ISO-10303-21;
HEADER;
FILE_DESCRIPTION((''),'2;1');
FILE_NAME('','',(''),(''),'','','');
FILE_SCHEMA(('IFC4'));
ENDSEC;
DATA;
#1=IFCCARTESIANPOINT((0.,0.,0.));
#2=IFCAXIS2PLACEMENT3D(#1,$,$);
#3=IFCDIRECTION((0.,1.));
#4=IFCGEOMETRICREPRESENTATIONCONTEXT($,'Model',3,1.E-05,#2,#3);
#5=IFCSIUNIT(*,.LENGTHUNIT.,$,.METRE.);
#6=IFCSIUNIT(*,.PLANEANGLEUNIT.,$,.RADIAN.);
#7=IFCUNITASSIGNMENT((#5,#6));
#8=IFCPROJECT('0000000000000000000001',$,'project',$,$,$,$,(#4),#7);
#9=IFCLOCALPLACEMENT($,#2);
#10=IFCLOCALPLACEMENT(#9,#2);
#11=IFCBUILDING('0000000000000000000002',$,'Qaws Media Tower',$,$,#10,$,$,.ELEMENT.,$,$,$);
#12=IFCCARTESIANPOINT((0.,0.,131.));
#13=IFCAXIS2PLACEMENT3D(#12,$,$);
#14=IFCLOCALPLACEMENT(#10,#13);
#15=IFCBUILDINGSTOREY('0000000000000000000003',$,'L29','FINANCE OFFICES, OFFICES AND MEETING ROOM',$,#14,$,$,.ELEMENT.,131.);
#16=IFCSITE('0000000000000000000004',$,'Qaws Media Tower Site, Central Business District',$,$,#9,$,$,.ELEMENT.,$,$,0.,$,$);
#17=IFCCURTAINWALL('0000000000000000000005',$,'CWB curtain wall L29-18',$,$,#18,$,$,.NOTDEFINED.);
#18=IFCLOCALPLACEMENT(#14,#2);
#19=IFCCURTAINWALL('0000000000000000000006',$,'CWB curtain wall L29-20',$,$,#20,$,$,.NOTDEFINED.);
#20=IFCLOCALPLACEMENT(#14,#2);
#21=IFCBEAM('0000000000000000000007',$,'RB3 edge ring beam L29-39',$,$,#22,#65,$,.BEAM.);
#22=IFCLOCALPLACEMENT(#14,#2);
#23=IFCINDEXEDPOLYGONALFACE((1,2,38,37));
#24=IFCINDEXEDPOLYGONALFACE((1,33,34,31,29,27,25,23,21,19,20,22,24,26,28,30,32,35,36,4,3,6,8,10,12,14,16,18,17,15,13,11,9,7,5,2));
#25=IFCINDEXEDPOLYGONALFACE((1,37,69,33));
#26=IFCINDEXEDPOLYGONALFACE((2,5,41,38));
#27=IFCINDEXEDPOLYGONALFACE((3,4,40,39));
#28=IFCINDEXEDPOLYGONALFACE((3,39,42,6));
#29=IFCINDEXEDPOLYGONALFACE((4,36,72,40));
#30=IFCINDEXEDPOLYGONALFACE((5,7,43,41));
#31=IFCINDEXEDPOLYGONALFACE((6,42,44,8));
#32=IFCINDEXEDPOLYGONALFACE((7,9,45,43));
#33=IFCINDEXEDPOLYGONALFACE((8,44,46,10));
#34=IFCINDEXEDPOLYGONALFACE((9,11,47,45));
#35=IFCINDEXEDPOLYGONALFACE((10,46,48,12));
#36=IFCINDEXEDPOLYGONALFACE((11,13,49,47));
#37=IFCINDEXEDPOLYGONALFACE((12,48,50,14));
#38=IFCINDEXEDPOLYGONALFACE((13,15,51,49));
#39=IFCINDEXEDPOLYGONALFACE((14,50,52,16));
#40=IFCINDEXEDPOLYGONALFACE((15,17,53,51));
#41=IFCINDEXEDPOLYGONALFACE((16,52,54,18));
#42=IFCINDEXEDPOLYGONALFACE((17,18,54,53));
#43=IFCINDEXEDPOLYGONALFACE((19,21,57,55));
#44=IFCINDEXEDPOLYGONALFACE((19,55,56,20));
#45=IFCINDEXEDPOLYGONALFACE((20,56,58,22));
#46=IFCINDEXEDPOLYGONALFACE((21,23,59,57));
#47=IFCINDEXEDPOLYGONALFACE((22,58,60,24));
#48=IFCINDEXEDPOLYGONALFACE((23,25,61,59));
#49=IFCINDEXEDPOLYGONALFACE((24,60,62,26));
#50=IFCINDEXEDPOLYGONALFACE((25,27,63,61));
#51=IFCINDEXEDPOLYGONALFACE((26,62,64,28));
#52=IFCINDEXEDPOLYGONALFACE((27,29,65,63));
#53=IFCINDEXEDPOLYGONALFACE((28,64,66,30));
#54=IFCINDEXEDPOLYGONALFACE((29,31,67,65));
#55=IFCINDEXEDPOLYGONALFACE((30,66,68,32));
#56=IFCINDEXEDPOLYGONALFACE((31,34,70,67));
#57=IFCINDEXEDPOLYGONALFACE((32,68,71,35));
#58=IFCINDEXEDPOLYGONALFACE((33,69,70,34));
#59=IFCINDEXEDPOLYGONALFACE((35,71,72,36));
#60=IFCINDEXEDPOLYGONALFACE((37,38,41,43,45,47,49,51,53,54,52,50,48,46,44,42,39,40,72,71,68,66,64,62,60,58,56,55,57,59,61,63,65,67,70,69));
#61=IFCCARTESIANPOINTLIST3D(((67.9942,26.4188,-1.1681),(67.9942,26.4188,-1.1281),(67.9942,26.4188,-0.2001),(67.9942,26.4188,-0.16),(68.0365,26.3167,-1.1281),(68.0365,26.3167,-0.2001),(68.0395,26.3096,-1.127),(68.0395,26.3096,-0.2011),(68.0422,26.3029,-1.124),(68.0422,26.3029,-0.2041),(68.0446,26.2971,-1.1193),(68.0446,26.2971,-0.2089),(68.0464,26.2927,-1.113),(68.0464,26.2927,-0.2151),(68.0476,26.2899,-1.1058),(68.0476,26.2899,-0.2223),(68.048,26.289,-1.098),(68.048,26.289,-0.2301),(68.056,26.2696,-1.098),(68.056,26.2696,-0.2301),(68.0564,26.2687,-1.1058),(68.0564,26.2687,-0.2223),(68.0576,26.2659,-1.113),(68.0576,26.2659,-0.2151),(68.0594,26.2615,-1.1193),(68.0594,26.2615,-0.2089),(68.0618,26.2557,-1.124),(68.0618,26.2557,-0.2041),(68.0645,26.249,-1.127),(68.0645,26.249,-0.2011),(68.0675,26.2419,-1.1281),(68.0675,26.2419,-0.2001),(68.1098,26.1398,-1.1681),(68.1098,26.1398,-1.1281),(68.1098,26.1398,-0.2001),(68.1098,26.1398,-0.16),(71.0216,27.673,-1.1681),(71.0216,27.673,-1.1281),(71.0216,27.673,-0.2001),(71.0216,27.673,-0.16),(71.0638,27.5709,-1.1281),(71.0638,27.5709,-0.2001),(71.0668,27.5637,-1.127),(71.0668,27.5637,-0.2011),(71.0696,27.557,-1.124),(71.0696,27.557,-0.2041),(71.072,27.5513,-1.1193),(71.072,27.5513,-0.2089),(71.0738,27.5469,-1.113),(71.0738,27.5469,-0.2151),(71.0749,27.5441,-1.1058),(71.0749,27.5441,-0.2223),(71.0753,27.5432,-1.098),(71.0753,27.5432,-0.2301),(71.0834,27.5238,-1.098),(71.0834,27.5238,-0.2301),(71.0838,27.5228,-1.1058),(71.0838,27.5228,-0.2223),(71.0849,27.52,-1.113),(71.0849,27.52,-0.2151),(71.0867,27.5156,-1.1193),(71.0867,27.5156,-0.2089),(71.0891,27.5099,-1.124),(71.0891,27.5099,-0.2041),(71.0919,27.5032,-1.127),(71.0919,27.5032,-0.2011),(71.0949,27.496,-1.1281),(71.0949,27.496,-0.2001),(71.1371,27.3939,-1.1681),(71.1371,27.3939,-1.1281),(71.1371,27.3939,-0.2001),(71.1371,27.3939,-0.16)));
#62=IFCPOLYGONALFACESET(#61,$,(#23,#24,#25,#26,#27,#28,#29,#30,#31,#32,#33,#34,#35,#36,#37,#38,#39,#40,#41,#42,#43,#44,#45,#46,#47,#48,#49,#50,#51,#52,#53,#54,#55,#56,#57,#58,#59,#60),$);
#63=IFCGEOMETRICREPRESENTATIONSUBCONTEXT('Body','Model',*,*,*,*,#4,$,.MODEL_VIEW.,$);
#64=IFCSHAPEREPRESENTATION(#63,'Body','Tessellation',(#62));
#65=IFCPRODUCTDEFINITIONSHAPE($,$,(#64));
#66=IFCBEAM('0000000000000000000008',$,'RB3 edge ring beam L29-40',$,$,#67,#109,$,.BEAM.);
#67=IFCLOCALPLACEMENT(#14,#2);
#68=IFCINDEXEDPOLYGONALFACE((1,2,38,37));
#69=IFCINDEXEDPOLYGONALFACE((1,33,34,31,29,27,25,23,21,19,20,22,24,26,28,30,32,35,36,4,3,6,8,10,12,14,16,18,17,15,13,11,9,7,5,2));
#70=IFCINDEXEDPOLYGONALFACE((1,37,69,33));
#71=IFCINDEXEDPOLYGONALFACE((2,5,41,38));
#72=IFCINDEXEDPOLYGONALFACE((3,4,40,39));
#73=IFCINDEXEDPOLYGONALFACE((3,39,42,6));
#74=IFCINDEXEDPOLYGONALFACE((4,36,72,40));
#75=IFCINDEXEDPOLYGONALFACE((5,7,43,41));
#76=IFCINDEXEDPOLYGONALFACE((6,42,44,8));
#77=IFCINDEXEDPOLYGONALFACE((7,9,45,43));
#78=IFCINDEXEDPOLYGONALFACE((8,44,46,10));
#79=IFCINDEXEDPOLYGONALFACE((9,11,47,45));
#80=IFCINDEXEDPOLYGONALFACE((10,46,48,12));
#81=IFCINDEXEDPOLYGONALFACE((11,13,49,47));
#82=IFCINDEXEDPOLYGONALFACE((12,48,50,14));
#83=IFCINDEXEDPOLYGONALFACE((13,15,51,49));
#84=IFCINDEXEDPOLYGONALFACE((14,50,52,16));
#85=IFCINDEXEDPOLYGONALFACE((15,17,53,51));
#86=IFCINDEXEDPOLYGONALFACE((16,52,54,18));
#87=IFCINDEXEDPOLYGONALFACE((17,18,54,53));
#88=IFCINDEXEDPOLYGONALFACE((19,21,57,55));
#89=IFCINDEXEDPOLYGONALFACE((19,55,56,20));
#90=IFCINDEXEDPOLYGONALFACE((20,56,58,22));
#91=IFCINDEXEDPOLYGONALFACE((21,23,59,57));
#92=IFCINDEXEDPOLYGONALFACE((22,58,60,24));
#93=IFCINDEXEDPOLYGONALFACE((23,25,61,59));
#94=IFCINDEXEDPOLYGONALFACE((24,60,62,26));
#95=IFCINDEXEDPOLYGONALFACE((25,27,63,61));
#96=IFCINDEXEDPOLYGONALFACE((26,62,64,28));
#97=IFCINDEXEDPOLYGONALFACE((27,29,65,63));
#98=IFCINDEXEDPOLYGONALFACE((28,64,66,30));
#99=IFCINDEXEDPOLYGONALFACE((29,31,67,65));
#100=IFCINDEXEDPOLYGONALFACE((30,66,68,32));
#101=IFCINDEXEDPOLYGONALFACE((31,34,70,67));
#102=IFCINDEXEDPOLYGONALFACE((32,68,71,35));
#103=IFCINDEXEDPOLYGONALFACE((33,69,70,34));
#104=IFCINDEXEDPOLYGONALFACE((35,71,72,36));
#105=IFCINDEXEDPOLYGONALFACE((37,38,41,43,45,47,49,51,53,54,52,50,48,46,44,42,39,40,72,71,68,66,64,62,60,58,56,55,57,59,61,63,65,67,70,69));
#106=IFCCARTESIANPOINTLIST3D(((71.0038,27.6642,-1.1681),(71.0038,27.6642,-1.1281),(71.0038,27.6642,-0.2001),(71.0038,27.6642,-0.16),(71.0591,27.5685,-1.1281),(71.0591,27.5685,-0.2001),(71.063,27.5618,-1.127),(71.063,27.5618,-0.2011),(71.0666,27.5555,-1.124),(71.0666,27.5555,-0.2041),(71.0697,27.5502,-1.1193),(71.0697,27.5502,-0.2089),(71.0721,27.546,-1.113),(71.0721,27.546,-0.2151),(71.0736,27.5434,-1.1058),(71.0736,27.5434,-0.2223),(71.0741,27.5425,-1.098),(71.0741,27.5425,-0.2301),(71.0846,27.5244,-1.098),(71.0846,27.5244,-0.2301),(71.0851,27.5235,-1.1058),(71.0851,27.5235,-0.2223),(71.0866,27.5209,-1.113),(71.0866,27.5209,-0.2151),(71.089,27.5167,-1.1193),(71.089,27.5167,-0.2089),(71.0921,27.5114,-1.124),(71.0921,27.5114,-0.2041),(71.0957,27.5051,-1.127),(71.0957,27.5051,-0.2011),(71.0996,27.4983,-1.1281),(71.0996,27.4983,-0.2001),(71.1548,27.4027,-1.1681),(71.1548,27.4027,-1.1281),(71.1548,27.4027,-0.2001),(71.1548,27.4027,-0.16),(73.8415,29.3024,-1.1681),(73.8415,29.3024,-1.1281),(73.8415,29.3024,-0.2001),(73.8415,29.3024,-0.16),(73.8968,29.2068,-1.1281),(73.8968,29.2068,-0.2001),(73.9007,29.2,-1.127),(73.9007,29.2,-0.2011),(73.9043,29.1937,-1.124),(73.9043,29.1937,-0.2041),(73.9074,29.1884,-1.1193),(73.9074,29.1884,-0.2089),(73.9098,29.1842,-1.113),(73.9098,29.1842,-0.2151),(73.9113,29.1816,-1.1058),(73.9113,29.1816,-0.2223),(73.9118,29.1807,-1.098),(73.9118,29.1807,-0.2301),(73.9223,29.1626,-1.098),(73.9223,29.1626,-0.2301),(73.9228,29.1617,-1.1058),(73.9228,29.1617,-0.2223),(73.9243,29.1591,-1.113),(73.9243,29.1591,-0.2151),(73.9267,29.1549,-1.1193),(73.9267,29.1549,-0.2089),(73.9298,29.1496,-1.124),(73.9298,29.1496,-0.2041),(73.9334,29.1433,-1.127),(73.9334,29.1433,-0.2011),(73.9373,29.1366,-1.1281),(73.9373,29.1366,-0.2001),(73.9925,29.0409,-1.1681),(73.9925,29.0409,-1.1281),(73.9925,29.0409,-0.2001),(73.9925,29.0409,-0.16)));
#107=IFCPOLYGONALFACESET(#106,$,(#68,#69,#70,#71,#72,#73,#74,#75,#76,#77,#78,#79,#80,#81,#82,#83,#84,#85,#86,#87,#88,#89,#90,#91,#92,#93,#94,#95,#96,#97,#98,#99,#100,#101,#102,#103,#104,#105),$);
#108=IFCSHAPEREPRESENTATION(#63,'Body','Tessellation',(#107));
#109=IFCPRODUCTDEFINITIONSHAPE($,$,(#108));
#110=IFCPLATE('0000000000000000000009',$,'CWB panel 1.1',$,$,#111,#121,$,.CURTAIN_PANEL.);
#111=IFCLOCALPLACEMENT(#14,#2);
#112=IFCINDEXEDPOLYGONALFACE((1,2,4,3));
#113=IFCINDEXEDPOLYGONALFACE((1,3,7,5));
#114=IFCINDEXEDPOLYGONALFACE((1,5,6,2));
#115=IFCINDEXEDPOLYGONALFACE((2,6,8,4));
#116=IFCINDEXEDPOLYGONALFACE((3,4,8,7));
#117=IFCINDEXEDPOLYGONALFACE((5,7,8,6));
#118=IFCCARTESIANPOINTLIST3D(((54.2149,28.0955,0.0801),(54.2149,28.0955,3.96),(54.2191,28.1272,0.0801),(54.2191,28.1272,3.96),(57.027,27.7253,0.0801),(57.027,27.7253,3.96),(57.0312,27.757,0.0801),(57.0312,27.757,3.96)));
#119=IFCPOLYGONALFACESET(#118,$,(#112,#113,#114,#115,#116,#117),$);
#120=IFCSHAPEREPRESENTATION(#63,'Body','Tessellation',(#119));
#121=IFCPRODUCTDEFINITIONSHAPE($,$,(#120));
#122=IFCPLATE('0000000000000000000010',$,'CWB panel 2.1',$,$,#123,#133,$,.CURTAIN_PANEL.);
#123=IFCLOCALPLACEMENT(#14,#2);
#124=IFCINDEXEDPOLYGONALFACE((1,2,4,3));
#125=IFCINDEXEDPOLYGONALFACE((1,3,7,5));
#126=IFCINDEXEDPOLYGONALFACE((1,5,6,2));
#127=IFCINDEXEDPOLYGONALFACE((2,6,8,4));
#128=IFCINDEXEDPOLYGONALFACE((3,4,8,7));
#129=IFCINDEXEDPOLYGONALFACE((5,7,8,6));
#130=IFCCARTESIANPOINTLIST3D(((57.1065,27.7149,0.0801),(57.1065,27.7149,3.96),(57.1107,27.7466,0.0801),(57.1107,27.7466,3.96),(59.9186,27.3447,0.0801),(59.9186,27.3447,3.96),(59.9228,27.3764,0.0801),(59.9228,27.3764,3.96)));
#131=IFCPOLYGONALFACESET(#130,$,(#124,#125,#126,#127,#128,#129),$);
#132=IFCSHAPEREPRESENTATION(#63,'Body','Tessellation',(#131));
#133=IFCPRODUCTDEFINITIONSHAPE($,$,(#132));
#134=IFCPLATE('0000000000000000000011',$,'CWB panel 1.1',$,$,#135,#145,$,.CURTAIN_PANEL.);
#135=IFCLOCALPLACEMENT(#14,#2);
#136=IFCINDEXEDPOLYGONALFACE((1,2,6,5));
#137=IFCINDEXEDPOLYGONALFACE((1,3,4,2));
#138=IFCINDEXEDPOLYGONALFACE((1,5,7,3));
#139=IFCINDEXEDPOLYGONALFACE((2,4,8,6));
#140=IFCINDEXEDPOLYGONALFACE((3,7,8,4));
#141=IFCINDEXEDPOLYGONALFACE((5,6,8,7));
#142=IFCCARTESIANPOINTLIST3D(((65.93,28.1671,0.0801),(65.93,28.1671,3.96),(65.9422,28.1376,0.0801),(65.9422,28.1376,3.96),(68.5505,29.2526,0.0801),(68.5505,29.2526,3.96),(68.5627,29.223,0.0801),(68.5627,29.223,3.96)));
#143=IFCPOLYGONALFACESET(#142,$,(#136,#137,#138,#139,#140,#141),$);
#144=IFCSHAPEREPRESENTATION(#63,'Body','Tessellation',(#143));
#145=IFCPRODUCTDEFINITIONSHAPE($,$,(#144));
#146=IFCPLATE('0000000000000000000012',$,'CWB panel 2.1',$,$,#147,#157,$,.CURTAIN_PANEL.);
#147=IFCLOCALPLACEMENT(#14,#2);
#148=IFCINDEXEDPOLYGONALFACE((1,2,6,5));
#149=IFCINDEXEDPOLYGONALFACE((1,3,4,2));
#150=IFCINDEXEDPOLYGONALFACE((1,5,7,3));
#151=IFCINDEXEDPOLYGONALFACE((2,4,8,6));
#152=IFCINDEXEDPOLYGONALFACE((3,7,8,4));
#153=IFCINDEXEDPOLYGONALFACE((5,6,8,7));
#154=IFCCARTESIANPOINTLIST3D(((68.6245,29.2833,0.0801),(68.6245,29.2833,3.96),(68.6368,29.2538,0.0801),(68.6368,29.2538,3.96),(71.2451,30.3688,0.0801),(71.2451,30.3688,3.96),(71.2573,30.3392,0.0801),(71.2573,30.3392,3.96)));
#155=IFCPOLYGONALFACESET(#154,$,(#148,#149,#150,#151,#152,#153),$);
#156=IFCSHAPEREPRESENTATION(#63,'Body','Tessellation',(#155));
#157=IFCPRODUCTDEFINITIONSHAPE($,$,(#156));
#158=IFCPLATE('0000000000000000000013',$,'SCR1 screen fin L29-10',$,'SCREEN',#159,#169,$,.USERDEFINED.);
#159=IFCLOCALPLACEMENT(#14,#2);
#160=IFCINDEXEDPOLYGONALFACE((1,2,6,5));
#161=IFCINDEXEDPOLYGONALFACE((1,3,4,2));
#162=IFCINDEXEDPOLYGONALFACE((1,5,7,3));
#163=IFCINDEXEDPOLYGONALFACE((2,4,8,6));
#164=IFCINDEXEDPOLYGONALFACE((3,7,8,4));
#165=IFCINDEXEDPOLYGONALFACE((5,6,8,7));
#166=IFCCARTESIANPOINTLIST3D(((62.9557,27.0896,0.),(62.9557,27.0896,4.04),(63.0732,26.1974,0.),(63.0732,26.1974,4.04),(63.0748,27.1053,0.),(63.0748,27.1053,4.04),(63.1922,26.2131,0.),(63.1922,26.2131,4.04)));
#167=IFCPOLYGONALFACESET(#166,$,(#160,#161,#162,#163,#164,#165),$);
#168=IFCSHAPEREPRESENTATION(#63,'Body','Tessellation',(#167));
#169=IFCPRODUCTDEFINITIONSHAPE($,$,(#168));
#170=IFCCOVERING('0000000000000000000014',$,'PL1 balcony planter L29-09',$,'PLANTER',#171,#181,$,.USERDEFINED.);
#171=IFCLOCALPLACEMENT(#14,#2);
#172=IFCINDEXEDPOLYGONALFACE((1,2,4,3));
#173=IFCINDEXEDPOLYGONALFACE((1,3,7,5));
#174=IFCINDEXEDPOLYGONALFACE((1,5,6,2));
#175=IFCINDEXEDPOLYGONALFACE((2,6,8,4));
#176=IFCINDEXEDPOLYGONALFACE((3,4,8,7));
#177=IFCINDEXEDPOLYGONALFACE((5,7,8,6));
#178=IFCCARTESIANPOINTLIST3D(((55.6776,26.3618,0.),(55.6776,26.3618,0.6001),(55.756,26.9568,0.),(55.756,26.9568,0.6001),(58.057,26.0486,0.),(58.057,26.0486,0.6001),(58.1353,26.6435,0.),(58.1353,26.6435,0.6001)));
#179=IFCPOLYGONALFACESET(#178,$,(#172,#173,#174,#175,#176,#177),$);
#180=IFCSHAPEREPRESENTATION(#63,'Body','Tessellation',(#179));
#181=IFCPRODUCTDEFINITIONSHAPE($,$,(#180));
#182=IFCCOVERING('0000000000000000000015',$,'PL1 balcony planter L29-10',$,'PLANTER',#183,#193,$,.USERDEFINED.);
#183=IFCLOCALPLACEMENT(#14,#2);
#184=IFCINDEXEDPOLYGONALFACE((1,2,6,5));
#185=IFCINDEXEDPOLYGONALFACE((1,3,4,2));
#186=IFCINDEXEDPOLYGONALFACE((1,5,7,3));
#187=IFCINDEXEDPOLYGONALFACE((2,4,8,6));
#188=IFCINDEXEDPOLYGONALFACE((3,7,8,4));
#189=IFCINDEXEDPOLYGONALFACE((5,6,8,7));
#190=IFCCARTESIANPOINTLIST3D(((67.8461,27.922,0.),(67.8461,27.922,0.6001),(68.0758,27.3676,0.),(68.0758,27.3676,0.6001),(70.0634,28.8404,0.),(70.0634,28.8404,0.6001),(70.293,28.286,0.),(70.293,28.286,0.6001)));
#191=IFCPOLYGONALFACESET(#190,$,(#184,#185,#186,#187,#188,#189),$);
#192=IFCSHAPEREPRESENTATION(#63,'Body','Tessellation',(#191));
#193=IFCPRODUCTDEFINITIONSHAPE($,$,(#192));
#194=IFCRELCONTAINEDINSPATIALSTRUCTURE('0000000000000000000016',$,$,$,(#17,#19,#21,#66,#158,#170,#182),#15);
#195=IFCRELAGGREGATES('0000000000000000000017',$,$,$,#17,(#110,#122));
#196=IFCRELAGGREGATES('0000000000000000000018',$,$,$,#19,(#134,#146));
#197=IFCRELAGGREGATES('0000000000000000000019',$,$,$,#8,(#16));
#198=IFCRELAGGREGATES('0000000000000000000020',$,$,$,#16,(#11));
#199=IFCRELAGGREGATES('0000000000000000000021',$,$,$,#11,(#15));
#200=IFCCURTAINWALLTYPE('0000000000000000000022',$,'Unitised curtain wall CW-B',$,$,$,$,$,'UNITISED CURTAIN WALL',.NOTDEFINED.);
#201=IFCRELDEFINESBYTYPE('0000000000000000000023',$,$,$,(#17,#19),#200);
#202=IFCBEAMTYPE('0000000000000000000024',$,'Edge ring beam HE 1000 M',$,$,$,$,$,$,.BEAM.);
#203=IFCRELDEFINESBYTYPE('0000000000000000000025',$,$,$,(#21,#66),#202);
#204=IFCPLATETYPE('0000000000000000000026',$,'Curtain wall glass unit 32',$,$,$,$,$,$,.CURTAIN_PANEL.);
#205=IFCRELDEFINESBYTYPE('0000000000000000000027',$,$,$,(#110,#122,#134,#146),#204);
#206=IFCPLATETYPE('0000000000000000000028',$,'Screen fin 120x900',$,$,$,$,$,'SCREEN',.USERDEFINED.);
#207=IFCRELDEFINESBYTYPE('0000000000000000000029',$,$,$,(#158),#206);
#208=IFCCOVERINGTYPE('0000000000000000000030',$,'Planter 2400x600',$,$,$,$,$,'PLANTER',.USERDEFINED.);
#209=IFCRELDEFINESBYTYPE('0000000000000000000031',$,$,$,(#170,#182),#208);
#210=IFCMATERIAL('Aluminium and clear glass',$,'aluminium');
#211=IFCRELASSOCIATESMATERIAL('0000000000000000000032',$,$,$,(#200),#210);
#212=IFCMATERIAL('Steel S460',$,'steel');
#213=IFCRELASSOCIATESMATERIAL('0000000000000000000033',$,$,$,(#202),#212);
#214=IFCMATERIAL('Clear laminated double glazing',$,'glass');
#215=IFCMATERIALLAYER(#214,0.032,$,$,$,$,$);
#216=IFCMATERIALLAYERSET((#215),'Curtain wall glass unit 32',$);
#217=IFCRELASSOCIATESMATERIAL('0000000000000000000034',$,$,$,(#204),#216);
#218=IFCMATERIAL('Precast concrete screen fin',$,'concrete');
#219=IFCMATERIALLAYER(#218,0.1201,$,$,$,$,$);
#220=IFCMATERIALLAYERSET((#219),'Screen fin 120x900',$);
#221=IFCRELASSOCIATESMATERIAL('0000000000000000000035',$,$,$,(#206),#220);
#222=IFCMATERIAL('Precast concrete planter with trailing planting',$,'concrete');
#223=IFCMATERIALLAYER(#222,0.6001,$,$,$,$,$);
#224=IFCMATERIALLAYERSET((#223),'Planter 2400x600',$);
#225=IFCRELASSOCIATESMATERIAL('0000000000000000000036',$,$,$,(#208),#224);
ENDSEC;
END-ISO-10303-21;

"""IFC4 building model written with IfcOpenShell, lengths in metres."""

from ifc_helpers import new_model, si_unit, direction, frame, origin, origin_2d, place, context, subcontext, project, spatial, rectangle, i_section, extrude, material, layer, layer_set, material_profile, profile_set, type_object, element, aggregate, save


model = new_model("IFC4")

# Units and contexts
model_context = context("Model", 3, precision=1e-05, world=origin(), true_north=direction((0.0, 1.0)))
body_context = subcontext(model_context, "Body", "Model", "MODEL_VIEW")
ifc_project = project(units=[si_unit("LENGTHUNIT", "METRE"), si_unit("PLANEANGLEUNIT", "RADIAN")], contexts=[model_context])

# Site, building, storey
site_placement = place(None, origin())
site = spatial("IfcSite", under=ifc_project, at=site_placement, Name="Qaws Media Tower Site, Central Business District", CompositionType="ELEMENT", RefElevation=0.0)
building_placement = place(site_placement, origin())
building = spatial("IfcBuilding", under=site, at=building_placement, Name="Qaws Media Tower", CompositionType="ELEMENT")
storey_placement = place(building_placement, frame((0.0, 0.0, 131.0)))
storey = spatial("IfcBuildingStorey", under=building, at=storey_placement, Name="L29", Description="FINANCE OFFICES, OFFICES AND MEETING ROOM", CompositionType="ELEMENT", Elevation=131.0)

# Curtain walls
ifc_material_1 = material(Name="Aluminium and clear glass", Category="aluminium")
curtain_wall_type = type_object("IfcCurtainWallType", Name="Unitised curtain wall CW-B", ElementType="UNITISED CURTAIN WALL", PredefinedType="NOTDEFINED", material=ifc_material_1)
curtain_wall_1_placement = place(storey_placement, origin())
curtain_wall_1 = element("IfcCurtainWall", 1, at=curtain_wall_1_placement, inside=storey, type_object=curtain_wall_type, Name="CWB curtain wall L29-18", PredefinedType="NOTDEFINED")
curtain_wall_2_placement = place(storey_placement, origin())
curtain_wall_2 = element("IfcCurtainWall", 2, at=curtain_wall_2_placement, inside=storey, type_object=curtain_wall_type, Name="CWB curtain wall L29-20", PredefinedType="NOTDEFINED")

# Beams
ifc_material_2 = material(Name="Steel S460", Category="steel")
ifc_material_profile_1 = material_profile(ifc_material_2, i_section(OverallWidth=0.302, OverallDepth=1.0081, WebThickness=0.021, FlangeThickness=0.04, FilletRadius=0.03, at=origin_2d()), Name="HE 1000 M")
ifc_profile_set_1 = profile_set([ifc_material_profile_1], Name="Steel S460")
beam_type = type_object("IfcBeamType", Name="Edge ring beam HE 1000 M", PredefinedType="BEAM", material=ifc_profile_set_1)
beam_1_placement = place(storey_placement, frame((68.052, 26.2793, -0.6641), z_axis=(0.92386, 0.382731, 0.0), x_axis=(-0.382731, 0.92386, 0.0)))
element("IfcBeam", 3, at=beam_1_placement, inside=storey, type_object=beam_type, Name="RB3 edge ring beam L29-39", PredefinedType="BEAM", context=body_context, shape_type="SweptSolid", body=[
    extrude(i_section(OverallWidth=0.302, OverallDepth=1.0081, WebThickness=0.021, FlangeThickness=0.04, FilletRadius=0.03, at=origin_2d()), origin(), (0.0, 0.0, 1.0), 3.2769),
])
beam_2_placement = place(storey_placement, frame((71.0793, 27.5334, -0.6641), z_axis=(0.866043, 0.49997, 0.0), x_axis=(-0.49997, 0.866043, 0.0)))
element("IfcBeam", 4, at=beam_2_placement, inside=storey, type_object=beam_type, Name="RB3 edge ring beam L29-40", PredefinedType="BEAM", context=body_context, shape_type="SweptSolid", body=[
    extrude(i_section(OverallWidth=0.302, OverallDepth=1.0081, WebThickness=0.021, FlangeThickness=0.04, FilletRadius=0.03, at=origin_2d()), origin(), (0.0, 0.0, 1.0), 3.2766),
])

# Plates
ifc_material_3 = material(Name="Clear laminated double glazing", Category="glass")
ifc_layer_1 = layer(ifc_material_3, 0.032)
ifc_layer_set_1 = layer_set([ifc_layer_1], Name="Curtain wall glass unit 32")
plate_type_1 = type_object("IfcPlateType", Name="Curtain wall glass unit 32", PredefinedType="CURTAIN_PANEL", material=ifc_layer_set_1)
plate_1_placement = place(storey_placement, frame((55.623, 27.9263, 0.0801), z_axis=(0.0, 0.0, 1.0), x_axis=(0.991445, -0.130526, 0.0)))
plate_1 = element("IfcPlate", 5, at=plate_1_placement, type_object=plate_type_1, Name="CWB panel 1.1", PredefinedType="CURTAIN_PANEL", context=body_context, shape_type="SweptSolid", body=[
    extrude(rectangle(XDim=2.8364, YDim=0.032, at=origin_2d()), origin(), (0.0, 0.0, 1.0), 3.8799),
])
plate_2_placement = place(storey_placement, frame((58.5146, 27.5457, 0.0801), z_axis=(0.0, 0.0, 1.0), x_axis=(0.991445, -0.130526, 0.0)))
plate_2 = element("IfcPlate", 6, at=plate_2_placement, type_object=plate_type_1, Name="CWB panel 2.1", PredefinedType="CURTAIN_PANEL", context=body_context, shape_type="SweptSolid", body=[
    extrude(rectangle(XDim=2.8364, YDim=0.032, at=origin_2d()), origin(), (0.0, 0.0, 1.0), 3.8799),
])
aggregate(curtain_wall_1, [plate_1, plate_2])
plate_3_placement = place(storey_placement, frame((67.2463, 28.6951, 0.0801), z_axis=(0.0, 0.0, 1.0), x_axis=(0.92388, 0.382683, 0.0)))
plate_3 = element("IfcPlate", 7, at=plate_3_placement, type_object=plate_type_1, Name="CWB panel 1.1", PredefinedType="CURTAIN_PANEL", context=body_context, shape_type="SweptSolid", body=[
    extrude(rectangle(XDim=2.8364, YDim=0.032, at=origin_2d()), origin(), (0.0, 0.0, 1.0), 3.8799),
])
plate_4_placement = place(storey_placement, frame((69.9409, 29.8113, 0.0801), z_axis=(0.0, 0.0, 1.0), x_axis=(0.92388, 0.382683, 0.0)))
plate_4 = element("IfcPlate", 8, at=plate_4_placement, type_object=plate_type_1, Name="CWB panel 2.1", PredefinedType="CURTAIN_PANEL", context=body_context, shape_type="SweptSolid", body=[
    extrude(rectangle(XDim=2.8364, YDim=0.032, at=origin_2d()), origin(), (0.0, 0.0, 1.0), 3.8799),
])
aggregate(curtain_wall_2, [plate_3, plate_4])
ifc_material_4 = material(Name="Precast concrete screen fin", Category="concrete")
ifc_layer_2 = layer(ifc_material_4, 0.1201)
ifc_layer_set_2 = layer_set([ifc_layer_2], Name="Screen fin 120x900")
plate_type_2 = type_object("IfcPlateType", Name="Screen fin 120x900", ElementType="SCREEN", PredefinedType="USERDEFINED", material=ifc_layer_set_2)
plate_5_placement = place(storey_placement, frame((63.074, 26.6514, 0.0), z_axis=(0.0, 0.0, 1.0), x_axis=(0.130526, -0.991445, 0.0)))
element("IfcPlate", 9, at=plate_5_placement, inside=storey, type_object=plate_type_2, Name="SCR1 screen fin L29-10", ObjectType="SCREEN", PredefinedType="USERDEFINED", context=body_context, shape_type="SweptSolid", body=[
    extrude(rectangle(XDim=0.8999, YDim=0.1201, at=origin_2d()), origin(), (0.0, 0.0, 1.0), 4.04),
])

# Coverings
ifc_material_5 = material(Name="Precast concrete planter with trailing planting", Category="concrete")
ifc_layer_3 = layer(ifc_material_5, 0.6001)
ifc_layer_set_3 = layer_set([ifc_layer_3], Name="Planter 2400x600")
covering_type = type_object("IfcCoveringType", Name="Planter 2400x600", ElementType="PLANTER", PredefinedType="USERDEFINED", material=ifc_layer_set_3)
for number, where, z_axis, x_axis, name in (
    (10, (56.9065, 26.5027, 0.0), (0.0, 0.0, 1.0), (0.991445, -0.130526, 0.0), "PL1 balcony planter L29-09"),
    (11, (69.0696, 28.104, 0.0), (0.0, 0.0, 1.0), (0.92388, 0.382683, 0.0), "PL1 balcony planter L29-10"),
):
    element("IfcCovering", number, at=place(storey_placement, frame(where, z_axis=z_axis, x_axis=x_axis)), inside=storey, type_object=covering_type, Name=name, ObjectType="PLANTER", PredefinedType="USERDEFINED", context=body_context, shape_type="SweptSolid", body=[
        extrude(rectangle(XDim=2.3999, YDim=0.6001, at=origin_2d()), origin(), (0.0, 0.0, 1.0), 0.6001),
    ])

save(model, "model.ifc")
